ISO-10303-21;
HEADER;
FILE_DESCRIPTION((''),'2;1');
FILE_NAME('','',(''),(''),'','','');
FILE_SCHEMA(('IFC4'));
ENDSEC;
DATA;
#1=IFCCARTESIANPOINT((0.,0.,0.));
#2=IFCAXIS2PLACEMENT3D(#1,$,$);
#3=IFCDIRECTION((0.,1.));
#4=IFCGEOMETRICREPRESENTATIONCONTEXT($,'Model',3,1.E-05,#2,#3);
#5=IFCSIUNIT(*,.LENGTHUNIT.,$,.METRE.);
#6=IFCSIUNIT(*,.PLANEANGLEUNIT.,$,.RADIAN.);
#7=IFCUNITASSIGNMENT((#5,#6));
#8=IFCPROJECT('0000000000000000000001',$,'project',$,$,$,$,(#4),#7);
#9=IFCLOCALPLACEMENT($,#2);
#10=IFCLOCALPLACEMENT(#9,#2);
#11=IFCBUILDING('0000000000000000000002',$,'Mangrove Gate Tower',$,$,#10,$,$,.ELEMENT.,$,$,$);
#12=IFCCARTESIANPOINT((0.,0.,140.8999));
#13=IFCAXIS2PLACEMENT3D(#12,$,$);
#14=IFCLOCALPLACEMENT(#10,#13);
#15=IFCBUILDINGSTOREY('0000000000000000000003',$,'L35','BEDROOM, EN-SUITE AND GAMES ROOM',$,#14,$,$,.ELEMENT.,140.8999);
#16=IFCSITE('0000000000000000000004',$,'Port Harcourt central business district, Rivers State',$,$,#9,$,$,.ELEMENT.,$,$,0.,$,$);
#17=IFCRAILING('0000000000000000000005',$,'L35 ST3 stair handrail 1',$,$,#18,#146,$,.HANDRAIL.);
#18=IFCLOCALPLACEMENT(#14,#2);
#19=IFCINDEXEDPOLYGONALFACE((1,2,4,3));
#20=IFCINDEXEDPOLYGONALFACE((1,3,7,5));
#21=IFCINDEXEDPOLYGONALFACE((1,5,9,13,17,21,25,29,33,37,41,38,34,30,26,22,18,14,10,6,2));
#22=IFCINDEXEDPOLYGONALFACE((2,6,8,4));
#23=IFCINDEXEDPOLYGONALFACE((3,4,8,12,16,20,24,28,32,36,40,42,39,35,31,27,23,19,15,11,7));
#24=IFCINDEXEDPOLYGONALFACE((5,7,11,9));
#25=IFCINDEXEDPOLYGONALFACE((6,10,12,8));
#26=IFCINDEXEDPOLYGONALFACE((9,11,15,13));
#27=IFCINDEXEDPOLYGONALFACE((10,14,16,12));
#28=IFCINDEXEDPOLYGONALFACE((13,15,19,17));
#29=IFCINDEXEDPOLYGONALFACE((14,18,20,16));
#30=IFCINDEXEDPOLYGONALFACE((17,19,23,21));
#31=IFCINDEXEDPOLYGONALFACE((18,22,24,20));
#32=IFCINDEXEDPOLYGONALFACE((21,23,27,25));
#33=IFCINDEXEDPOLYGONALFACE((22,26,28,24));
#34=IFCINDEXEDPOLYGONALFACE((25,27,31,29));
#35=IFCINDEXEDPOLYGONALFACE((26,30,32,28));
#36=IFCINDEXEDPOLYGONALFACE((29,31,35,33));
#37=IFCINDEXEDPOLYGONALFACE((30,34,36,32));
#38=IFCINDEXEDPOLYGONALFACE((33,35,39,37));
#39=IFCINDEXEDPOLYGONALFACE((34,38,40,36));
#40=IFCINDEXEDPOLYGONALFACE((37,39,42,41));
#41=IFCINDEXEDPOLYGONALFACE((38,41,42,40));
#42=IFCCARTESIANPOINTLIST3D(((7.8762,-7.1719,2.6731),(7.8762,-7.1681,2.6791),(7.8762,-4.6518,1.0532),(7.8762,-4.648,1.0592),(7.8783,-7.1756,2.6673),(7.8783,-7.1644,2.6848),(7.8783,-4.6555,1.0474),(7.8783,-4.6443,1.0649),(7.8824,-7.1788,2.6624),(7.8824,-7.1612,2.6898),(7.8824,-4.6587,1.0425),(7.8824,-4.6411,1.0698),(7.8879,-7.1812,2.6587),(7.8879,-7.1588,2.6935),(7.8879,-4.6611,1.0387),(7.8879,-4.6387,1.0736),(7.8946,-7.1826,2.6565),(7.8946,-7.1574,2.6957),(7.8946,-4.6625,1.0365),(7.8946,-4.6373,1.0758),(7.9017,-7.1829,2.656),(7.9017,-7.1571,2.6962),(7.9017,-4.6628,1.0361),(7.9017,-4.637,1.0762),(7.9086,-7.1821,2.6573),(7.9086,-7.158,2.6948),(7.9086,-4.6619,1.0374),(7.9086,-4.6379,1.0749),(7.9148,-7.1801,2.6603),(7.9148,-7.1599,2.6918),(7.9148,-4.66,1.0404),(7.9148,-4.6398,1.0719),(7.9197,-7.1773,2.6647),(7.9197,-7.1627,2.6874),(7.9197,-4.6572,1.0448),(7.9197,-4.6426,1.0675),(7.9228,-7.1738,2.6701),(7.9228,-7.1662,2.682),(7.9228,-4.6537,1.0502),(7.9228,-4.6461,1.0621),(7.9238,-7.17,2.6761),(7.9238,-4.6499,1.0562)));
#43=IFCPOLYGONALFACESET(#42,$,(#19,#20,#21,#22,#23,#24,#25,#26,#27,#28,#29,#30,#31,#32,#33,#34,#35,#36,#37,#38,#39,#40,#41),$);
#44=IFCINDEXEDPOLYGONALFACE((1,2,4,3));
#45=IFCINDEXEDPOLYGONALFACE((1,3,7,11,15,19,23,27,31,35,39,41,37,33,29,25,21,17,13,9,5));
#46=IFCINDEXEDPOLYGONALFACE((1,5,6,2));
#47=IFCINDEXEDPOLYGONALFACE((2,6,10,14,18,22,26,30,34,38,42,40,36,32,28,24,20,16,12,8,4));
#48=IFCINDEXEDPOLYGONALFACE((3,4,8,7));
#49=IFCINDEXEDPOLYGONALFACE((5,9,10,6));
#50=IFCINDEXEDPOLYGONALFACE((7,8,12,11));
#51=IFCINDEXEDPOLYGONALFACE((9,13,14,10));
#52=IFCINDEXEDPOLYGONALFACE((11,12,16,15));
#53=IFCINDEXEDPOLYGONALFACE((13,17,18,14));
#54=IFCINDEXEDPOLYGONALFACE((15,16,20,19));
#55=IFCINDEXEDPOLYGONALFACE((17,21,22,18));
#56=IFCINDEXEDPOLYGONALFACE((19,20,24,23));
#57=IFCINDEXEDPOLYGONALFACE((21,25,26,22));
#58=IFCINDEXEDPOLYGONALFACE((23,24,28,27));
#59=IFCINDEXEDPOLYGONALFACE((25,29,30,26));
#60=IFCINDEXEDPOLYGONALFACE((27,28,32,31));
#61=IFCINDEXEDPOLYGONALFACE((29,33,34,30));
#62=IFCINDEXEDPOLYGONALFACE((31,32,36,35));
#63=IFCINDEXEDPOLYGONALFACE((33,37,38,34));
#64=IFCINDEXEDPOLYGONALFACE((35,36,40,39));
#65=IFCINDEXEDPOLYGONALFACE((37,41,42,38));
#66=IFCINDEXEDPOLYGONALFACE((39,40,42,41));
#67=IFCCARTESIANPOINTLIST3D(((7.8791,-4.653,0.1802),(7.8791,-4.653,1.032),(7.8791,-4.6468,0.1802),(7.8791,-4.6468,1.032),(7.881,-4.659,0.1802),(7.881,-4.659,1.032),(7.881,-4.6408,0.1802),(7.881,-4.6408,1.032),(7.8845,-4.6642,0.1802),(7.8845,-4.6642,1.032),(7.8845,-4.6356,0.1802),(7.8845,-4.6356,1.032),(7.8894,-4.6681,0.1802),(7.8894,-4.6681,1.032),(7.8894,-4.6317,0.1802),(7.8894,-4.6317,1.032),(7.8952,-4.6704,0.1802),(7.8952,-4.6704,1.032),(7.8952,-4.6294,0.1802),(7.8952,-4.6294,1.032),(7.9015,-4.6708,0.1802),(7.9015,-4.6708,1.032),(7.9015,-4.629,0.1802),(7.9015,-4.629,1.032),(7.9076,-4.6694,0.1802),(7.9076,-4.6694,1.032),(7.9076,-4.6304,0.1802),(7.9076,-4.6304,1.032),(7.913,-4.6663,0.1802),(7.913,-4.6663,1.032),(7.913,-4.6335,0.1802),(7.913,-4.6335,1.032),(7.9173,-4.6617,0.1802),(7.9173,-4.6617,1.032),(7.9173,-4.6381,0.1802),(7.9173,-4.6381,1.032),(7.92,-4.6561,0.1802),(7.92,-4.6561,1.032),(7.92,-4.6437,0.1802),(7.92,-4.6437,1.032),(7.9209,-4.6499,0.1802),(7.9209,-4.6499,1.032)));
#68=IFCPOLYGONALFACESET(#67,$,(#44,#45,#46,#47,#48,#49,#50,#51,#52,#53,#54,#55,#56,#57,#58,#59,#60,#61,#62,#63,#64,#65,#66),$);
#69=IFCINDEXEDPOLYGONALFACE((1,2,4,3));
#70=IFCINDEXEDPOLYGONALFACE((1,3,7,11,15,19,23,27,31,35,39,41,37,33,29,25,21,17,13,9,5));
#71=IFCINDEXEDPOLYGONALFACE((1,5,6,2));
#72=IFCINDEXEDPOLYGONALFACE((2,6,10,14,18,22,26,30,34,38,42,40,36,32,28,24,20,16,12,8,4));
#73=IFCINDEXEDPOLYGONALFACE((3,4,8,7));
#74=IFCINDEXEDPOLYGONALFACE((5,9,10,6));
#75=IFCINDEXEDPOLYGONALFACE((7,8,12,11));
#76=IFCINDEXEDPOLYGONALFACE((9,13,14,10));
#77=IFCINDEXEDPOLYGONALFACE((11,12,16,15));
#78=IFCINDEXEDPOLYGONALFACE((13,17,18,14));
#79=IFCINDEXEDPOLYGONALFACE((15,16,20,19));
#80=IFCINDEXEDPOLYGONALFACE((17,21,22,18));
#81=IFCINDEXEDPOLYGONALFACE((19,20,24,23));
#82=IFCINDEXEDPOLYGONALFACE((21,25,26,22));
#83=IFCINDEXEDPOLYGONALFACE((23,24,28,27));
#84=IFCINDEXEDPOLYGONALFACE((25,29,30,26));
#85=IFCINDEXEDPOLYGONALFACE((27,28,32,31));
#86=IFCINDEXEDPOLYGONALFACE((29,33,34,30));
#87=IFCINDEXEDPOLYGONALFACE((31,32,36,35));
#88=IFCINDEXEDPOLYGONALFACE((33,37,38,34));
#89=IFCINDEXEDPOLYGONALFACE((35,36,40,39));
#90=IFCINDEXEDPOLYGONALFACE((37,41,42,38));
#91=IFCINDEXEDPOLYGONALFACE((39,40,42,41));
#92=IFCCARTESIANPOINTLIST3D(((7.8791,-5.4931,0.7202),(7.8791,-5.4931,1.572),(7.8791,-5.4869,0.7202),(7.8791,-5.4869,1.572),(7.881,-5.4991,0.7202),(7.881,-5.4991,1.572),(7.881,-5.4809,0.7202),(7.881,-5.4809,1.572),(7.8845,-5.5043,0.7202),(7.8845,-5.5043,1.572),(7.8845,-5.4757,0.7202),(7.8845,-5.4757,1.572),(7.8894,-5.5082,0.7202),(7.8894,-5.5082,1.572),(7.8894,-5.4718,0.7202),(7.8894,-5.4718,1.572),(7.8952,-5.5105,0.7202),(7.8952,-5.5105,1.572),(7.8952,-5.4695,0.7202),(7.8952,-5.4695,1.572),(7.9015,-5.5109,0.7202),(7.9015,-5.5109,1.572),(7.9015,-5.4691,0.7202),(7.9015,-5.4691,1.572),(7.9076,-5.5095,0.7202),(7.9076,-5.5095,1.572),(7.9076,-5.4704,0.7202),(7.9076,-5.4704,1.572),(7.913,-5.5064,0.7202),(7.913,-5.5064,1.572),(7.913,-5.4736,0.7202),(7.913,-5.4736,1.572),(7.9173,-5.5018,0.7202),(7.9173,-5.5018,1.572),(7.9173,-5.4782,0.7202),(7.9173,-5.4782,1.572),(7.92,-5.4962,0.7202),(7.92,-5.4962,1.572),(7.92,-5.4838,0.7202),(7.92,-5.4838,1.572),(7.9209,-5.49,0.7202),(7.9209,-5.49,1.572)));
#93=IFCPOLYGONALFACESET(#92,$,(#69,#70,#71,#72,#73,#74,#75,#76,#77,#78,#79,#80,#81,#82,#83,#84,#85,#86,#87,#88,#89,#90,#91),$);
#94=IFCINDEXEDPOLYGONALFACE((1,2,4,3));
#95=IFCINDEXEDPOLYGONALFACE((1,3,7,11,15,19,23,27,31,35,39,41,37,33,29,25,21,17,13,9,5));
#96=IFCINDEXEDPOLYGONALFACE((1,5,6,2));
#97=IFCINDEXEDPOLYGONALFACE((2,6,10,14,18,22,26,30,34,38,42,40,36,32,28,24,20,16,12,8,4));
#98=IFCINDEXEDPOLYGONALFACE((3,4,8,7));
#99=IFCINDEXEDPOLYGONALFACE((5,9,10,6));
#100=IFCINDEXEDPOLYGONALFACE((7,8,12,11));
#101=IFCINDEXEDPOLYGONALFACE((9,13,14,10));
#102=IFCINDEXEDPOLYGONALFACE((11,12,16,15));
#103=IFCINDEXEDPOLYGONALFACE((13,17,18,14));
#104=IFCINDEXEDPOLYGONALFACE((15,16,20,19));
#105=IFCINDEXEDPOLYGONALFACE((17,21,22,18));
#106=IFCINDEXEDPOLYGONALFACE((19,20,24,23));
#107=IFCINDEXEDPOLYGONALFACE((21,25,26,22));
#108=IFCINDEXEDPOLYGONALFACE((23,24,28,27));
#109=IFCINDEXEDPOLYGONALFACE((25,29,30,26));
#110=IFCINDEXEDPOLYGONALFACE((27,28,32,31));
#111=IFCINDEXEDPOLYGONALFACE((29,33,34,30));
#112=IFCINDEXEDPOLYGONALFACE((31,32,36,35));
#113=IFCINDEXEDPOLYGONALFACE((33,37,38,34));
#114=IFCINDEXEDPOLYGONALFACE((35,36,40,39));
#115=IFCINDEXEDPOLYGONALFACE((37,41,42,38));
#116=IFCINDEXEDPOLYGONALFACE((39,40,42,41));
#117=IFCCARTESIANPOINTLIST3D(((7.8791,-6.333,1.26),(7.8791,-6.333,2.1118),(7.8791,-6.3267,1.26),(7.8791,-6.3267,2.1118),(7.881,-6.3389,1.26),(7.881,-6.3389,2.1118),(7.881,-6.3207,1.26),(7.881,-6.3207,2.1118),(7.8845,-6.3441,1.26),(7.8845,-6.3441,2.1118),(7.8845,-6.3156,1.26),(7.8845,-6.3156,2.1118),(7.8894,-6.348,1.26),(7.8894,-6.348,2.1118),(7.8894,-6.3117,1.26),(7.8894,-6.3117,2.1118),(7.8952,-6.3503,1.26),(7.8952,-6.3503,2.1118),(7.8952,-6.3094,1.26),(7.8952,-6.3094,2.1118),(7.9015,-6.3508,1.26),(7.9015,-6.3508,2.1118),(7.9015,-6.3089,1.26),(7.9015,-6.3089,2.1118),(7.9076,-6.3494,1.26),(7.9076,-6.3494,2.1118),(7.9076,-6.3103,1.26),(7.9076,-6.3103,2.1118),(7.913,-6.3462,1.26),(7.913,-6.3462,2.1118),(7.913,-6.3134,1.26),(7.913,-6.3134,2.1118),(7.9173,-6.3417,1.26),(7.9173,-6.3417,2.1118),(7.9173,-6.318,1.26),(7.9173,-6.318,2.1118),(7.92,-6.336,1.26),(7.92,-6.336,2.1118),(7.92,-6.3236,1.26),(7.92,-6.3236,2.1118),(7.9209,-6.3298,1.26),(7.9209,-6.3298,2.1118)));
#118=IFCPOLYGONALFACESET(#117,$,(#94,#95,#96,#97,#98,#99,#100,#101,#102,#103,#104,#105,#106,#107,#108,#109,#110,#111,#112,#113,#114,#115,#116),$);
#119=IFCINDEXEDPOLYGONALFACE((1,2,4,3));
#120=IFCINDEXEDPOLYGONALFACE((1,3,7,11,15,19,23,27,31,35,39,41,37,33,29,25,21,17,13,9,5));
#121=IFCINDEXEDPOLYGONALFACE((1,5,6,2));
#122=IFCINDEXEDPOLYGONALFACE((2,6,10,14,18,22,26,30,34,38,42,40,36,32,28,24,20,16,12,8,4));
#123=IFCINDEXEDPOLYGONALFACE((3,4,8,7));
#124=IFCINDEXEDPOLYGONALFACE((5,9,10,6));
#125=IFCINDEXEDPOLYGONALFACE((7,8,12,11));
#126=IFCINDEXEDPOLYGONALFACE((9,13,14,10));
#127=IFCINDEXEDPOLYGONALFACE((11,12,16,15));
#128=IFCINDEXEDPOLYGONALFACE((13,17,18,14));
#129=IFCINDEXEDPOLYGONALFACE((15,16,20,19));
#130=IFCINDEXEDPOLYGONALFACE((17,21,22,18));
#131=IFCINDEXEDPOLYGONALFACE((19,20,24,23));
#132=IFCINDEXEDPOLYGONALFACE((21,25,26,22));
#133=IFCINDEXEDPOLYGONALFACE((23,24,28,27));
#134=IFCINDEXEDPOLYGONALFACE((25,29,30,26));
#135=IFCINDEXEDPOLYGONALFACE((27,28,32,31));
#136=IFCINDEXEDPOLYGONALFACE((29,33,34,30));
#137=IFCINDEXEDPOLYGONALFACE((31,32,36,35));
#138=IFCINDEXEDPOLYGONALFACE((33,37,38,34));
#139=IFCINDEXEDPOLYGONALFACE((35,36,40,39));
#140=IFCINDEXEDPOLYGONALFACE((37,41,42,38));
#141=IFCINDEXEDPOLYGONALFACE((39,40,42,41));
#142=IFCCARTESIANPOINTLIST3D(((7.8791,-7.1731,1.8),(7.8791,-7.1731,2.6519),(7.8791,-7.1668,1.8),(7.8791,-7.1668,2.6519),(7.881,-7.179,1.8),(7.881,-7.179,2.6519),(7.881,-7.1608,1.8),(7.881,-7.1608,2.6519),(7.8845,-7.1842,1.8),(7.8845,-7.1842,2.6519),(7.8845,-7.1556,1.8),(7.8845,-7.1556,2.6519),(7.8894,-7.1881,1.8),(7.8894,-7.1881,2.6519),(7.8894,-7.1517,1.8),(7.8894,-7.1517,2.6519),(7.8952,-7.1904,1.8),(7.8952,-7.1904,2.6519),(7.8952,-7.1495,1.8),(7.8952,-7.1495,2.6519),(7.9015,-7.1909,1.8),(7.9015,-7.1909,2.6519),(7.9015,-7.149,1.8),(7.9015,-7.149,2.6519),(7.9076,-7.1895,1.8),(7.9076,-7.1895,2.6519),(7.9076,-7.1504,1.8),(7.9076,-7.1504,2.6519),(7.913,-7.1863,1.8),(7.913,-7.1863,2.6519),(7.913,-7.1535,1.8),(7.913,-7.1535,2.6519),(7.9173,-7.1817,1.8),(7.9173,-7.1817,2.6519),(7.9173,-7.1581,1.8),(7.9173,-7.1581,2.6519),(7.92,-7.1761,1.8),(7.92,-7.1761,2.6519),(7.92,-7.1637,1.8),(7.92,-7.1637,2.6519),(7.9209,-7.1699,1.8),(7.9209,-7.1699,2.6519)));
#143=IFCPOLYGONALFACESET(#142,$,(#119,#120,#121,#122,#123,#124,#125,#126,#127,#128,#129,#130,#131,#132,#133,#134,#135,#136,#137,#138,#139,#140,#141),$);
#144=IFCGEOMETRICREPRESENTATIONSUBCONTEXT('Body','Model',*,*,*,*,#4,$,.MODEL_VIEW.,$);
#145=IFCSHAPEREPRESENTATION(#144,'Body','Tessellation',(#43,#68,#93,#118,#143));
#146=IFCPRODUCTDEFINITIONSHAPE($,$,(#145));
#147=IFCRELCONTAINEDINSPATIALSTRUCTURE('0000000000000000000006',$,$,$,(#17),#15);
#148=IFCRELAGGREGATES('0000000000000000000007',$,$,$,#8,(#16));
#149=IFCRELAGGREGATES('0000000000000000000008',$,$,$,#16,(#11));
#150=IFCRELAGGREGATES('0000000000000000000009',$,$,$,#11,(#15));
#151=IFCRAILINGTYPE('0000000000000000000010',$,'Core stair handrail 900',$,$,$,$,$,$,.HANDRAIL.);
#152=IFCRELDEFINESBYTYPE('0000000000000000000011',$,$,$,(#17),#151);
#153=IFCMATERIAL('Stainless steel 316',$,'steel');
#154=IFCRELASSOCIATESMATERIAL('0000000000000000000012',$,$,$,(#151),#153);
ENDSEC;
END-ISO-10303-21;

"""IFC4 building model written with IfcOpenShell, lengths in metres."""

from ifc_helpers import new_model, si_unit, direction, frame, origin, origin_2d, place, context, subcontext, project, spatial, circle, extrude, material, type_object, element, save


model = new_model("IFC4")

# Units and contexts
model_context = context("Model", 3, precision=1e-05, world=origin(), true_north=direction((0.0, 1.0)))
body_context = subcontext(model_context, "Body", "Model", "MODEL_VIEW")
ifc_project = project(units=[si_unit("LENGTHUNIT", "METRE"), si_unit("PLANEANGLEUNIT", "RADIAN")], contexts=[model_context])

# Site, building, storey
site_placement = place(None, origin())
site = spatial("IfcSite", under=ifc_project, at=site_placement, Name="Port Harcourt central business district, Rivers State", CompositionType="ELEMENT", RefElevation=0.0)
building_placement = place(site_placement, origin())
building = spatial("IfcBuilding", under=site, at=building_placement, Name="Mangrove Gate Tower", CompositionType="ELEMENT")
storey_placement = place(building_placement, frame((0.0, 0.0, 140.8999)))
storey = spatial("IfcBuildingStorey", under=building, at=storey_placement, Name="L35", Description="BEDROOM, EN-SUITE AND GAMES ROOM", CompositionType="ELEMENT", Elevation=140.8999)

# Railing
ifc_material_1 = material(Name="Stainless steel 316", Category="steel")
railing_type_1 = type_object("IfcRailingType", Name="Core stair handrail 900", PredefinedType="HANDRAIL", material=ifc_material_1)
railing_1_placement = place(storey_placement, frame((7.8999, -4.6499, 0.1802)))
element("IfcRailing", 1, at=railing_1_placement, inside=storey, type_object=railing_type_1, Name="L35 ST3 stair handrail 1", PredefinedType="HANDRAIL", context=body_context, shape_type="SweptSolid", body=[
    extrude(circle(Radius=0.0239, at=origin_2d()), frame((0.0, 0.0, 0.876), z_axis=(0.0, -0.8412, 0.540725), x_axis=(1.0, 0.0, 0.0)), (0.0, 0.0, 1.0), 2.9958),
    extrude(circle(Radius=0.021, at=origin_2d()), origin(), (0.0, 0.0, 1.0), 0.8518),
    extrude(circle(Radius=0.021, at=origin_2d()), frame((0.0, -0.8401, 0.54)), (0.0, 0.0, 1.0), 0.8518),
    extrude(circle(Radius=0.021, at=origin_2d()), frame((0.0, -1.6799, 1.0798)), (0.0, 0.0, 1.0), 0.8518),
    extrude(circle(Radius=0.021, at=origin_2d()), frame((0.0, -2.52, 1.6199)), (0.0, 0.0, 1.0), 0.8518),
])

save(model, "model.ifc")
